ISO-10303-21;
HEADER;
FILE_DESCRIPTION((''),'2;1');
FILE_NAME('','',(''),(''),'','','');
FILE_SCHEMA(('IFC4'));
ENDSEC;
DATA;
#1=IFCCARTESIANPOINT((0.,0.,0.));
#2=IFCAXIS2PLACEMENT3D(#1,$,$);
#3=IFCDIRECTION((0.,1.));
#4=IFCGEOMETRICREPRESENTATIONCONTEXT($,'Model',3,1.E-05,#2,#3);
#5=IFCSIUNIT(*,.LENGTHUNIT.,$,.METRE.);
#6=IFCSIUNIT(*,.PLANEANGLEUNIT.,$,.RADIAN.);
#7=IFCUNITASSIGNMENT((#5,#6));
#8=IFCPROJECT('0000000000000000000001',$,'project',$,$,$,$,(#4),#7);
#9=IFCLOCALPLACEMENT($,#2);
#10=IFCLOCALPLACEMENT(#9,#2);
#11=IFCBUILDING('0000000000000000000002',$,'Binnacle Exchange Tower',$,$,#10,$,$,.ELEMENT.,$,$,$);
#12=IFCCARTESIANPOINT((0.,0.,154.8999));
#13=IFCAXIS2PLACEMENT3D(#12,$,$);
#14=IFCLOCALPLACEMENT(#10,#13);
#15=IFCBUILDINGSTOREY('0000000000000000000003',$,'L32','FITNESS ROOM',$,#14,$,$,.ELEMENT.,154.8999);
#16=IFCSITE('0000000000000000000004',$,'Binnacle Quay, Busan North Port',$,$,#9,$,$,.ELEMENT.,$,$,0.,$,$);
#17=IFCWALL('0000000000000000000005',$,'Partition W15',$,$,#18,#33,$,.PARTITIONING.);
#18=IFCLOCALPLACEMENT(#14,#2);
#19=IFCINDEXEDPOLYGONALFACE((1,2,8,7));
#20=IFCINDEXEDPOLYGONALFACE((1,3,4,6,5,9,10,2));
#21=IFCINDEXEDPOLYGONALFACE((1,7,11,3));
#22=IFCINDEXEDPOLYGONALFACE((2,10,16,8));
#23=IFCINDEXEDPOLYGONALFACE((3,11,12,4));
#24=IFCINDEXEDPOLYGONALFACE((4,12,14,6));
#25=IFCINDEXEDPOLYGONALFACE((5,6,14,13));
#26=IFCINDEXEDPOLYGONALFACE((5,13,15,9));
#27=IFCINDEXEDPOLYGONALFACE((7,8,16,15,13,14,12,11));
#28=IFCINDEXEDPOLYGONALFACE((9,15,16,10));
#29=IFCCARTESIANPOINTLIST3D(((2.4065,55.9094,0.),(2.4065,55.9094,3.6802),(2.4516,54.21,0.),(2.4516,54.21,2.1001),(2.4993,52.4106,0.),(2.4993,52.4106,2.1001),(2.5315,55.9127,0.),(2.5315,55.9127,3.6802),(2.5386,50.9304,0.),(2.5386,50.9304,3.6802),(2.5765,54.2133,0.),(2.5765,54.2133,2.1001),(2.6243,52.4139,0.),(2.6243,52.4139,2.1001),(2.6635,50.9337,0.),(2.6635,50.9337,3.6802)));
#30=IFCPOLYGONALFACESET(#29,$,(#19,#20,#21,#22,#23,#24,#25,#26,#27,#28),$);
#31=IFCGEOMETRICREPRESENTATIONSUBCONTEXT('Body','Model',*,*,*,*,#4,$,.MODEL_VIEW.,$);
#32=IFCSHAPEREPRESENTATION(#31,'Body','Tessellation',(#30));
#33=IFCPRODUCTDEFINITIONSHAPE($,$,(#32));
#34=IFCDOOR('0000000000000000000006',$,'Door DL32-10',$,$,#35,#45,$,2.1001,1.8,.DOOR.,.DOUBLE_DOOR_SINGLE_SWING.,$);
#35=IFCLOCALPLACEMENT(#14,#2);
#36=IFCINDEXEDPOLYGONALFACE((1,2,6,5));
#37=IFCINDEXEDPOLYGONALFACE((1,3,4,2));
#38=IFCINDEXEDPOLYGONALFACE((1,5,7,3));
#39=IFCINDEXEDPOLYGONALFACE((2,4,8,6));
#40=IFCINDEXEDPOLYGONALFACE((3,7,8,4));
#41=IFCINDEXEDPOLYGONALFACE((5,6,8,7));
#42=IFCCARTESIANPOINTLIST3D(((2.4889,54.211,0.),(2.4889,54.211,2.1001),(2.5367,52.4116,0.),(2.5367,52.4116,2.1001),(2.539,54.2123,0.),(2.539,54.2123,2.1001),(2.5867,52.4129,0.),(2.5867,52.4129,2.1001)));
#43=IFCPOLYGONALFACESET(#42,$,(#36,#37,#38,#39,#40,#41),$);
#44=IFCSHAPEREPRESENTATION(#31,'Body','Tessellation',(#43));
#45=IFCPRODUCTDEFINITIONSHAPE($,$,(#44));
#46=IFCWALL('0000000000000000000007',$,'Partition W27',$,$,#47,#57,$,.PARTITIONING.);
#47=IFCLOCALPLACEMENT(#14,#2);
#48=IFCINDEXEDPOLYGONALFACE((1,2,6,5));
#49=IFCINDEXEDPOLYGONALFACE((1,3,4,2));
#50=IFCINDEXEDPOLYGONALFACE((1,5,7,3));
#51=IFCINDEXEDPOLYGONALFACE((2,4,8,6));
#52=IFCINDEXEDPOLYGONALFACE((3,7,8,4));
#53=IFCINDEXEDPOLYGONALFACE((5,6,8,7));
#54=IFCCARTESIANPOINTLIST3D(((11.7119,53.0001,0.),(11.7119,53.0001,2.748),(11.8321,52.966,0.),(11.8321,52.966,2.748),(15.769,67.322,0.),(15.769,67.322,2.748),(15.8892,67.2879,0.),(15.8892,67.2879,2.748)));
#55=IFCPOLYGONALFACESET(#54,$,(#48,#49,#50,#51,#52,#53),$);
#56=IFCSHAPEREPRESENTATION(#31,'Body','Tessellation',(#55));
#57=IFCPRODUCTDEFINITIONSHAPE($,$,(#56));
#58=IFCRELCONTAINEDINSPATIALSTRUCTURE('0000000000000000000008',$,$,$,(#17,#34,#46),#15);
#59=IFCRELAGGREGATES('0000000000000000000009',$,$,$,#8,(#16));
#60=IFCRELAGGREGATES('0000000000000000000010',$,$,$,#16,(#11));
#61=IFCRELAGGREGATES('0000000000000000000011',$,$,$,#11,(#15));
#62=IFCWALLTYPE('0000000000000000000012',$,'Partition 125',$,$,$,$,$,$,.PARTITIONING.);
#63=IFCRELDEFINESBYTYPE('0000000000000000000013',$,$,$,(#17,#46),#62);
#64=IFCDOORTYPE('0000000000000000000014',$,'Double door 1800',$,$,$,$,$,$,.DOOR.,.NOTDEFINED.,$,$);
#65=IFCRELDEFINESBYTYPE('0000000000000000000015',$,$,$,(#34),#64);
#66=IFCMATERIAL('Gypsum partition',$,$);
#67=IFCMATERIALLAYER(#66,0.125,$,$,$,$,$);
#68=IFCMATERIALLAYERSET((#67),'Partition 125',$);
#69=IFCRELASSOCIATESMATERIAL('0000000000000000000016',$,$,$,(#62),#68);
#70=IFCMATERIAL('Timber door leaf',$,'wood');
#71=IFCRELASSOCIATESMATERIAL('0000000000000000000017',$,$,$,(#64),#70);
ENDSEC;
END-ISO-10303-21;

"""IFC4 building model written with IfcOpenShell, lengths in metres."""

from ifc_helpers import new_model, si_unit, direction, frame, frame_2d, origin, place, context, subcontext, project, spatial, rectangle, extrude, material, layer, layer_set, type_object, element, fill, save


model = new_model("IFC4")

# Units and contexts
model_context = context("Model", 3, precision=1e-05, world=origin(), true_north=direction((0.0, 1.0)))
body_context = subcontext(model_context, "Body", "Model", "MODEL_VIEW")
ifc_project = project(units=[si_unit("LENGTHUNIT", "METRE"), si_unit("PLANEANGLEUNIT", "RADIAN")], contexts=[model_context])

# Site, building, storey
site_placement = place(None, origin())
site = spatial("IfcSite", under=ifc_project, at=site_placement, Name="Binnacle Quay, Busan North Port", CompositionType="ELEMENT", RefElevation=0.0)
building_placement = place(site_placement, origin())
building = spatial("IfcBuilding", under=site, at=building_placement, Name="Binnacle Exchange Tower", CompositionType="ELEMENT")
storey_placement = place(building_placement, frame((0.0, 0.0, 154.8999)))
storey = spatial("IfcBuildingStorey", under=building, at=storey_placement, Name="L32", Description="FITNESS ROOM", CompositionType="ELEMENT", Elevation=154.8999)

# Shared definitions
ifc_material_1 = material(Name="Gypsum partition")
ifc_layer_1 = layer(ifc_material_1, 0.125)
ifc_layer_set_1 = layer_set([ifc_layer_1], Name="Partition 125")
wall_type_1 = type_object("IfcWallType", Name="Partition 125", PredefinedType="PARTITIONING", material=ifc_layer_set_1)

# Wall, opening, door
wall_1_placement = place(storey_placement, frame((2.469, 55.9109, 0.0), z_axis=(0.0, 0.0, 1.0), x_axis=(0.026518, -0.999648, 0.0)))
wall_1 = element("IfcWall", 1, at=wall_1_placement, inside=storey, type_object=wall_type_1, Name="Partition W15", PredefinedType="PARTITIONING", context=body_context, shape_type="SweptSolid", body=[
    extrude(rectangle(XDim=4.9807, YDim=0.125, at=frame_2d((2.4902, 0.0))), origin(), (0.0, 0.0, 1.0), 3.6802),
])
opening_1_placement = place(wall_1_placement, frame((1.7, 0.0, 0.0)))
opening_1 = element("IfcOpeningElement", 2, at=opening_1_placement, cuts=wall_1, PredefinedType="OPENING", context=body_context, shape_type="SweptSolid", body=[
    extrude(rectangle(XDim=1.8, YDim=2.1001, at=frame_2d((0.8999, 1.05))), frame((0.0, 0.0725, 0.0), z_axis=(0.0, -1.0, 0.0), x_axis=(1.0, 0.0, 0.0)), (0.0, 0.0, 1.0), 0.145),
])
ifc_material_2 = material(Name="Timber door leaf", Category="wood")
door_type = type_object("IfcDoorType", Name="Double door 1800", OperationType="NOTDEFINED", PredefinedType="DOOR", material=ifc_material_2)
door_placement = place(opening_1_placement, origin())
door = element("IfcDoor", 3, at=door_placement, inside=storey, type_object=door_type, Name="Door DL32-10", OperationType="DOUBLE_DOOR_SINGLE_SWING", OverallHeight=2.1001, OverallWidth=1.8, PredefinedType="DOOR", context=body_context, shape_type="SweptSolid", body=[
    extrude(rectangle(XDim=1.8, YDim=2.1001, at=frame_2d((0.8999, 1.05))), frame((0.0, 0.0249, 0.0), z_axis=(0.0, -1.0, 0.0), x_axis=(1.0, 0.0, 0.0)), (0.0, 0.0, 1.0), 0.05),
])
fill(opening_1, door)

# Wall
wall_2_placement = place(storey_placement, frame((11.772, 52.9829, 0.0), z_axis=(0.0, 0.0, 1.0), x_axis=(0.272554, 0.96214, 0.0)))
element("IfcWall", 4, at=wall_2_placement, inside=storey, type_object=wall_type_1, Name="Partition W27", PredefinedType="PARTITIONING", context=body_context, shape_type="SweptSolid", body=[
    extrude(rectangle(XDim=14.8855, YDim=0.125, at=frame_2d((7.4429, 0.0))), origin(), (0.0, 0.0, 1.0), 2.748),
])

save(model, "model.ifc")
